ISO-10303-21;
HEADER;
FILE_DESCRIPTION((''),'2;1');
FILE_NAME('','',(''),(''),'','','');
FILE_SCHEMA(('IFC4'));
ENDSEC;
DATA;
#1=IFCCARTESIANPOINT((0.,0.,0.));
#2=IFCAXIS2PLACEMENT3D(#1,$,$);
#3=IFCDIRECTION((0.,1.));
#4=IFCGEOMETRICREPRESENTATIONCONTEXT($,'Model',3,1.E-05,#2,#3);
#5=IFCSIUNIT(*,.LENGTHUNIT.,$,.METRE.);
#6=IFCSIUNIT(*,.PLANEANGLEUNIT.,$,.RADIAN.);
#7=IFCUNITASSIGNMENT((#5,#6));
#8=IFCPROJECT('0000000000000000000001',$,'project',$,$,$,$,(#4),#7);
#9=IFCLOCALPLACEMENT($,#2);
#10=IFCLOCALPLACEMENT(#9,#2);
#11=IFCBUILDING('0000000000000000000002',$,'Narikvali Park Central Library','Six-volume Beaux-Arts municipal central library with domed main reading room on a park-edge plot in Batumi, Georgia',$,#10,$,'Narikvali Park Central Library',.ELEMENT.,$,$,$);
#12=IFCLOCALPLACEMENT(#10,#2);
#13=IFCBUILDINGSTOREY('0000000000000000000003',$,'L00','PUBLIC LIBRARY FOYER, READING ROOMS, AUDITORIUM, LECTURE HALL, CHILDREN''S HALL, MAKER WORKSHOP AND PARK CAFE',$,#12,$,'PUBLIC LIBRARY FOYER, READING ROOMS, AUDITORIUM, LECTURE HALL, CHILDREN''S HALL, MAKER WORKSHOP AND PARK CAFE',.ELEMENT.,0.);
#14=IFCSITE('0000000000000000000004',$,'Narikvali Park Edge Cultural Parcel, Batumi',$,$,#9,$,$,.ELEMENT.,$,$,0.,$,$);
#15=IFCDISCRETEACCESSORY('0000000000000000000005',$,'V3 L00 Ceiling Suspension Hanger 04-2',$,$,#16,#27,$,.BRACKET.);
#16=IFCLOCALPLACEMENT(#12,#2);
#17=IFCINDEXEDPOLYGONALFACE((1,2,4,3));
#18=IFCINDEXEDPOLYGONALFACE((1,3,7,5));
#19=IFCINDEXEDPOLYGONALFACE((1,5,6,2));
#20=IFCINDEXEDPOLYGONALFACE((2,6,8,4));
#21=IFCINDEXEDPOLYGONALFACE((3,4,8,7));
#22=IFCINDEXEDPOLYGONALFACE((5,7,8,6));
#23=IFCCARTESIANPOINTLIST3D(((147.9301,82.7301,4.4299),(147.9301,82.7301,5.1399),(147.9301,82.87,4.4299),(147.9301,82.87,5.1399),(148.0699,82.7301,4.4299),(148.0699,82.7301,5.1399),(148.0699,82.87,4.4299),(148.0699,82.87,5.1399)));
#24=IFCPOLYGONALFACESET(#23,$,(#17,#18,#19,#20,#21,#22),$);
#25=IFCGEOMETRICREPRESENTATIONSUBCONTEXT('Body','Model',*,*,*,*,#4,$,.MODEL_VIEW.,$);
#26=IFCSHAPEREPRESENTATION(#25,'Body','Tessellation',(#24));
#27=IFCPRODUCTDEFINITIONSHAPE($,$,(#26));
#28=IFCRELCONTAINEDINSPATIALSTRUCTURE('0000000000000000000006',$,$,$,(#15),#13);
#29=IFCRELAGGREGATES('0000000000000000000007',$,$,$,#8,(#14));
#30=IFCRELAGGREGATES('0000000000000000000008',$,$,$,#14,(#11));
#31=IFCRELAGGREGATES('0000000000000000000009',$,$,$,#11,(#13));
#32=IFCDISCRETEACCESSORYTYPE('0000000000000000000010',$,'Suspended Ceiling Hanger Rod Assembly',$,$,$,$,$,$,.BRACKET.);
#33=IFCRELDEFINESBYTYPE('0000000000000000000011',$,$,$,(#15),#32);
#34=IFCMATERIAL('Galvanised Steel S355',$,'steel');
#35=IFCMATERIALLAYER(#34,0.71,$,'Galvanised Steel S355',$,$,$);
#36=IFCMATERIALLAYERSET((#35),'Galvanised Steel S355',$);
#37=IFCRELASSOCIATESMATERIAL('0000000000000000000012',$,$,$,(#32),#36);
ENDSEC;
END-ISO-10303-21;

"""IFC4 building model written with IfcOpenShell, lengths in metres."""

from ifc_helpers import new_model, si_unit, direction, frame, origin, origin_2d, place, context, subcontext, project, spatial, rectangle, extrude, material, layer, layer_set, type_object, element, save


model = new_model("IFC4")

# Units and contexts
model_context = context("Model", 3, precision=1e-05, world=origin(), true_north=direction((0.0, 1.0)))
body_context = subcontext(model_context, "Body", "Model", "MODEL_VIEW")
ifc_project = project(units=[si_unit("LENGTHUNIT", "METRE"), si_unit("PLANEANGLEUNIT", "RADIAN")], contexts=[model_context])

# Site, building, storey
site_placement = place(None, origin())
site = spatial("IfcSite", under=ifc_project, at=site_placement, Name="Narikvali Park Edge Cultural Parcel, Batumi", CompositionType="ELEMENT", RefElevation=0.0)
building_placement = place(site_placement, origin())
building = spatial("IfcBuilding", under=site, at=building_placement, Name="Narikvali Park Central Library", Description="Six-volume Beaux-Arts municipal central library with domed main reading room on a park-edge plot in Batumi, Georgia", LongName="Narikvali Park Central Library", CompositionType="ELEMENT")
storey_placement = place(building_placement, origin())
storey = spatial("IfcBuildingStorey", under=building, at=storey_placement, Name="L00", Description="PUBLIC LIBRARY FOYER, READING ROOMS, AUDITORIUM, LECTURE HALL, CHILDREN'S HALL, MAKER WORKSHOP AND PARK CAFE", LongName="PUBLIC LIBRARY FOYER, READING ROOMS, AUDITORIUM, LECTURE HALL, CHILDREN'S HALL, MAKER WORKSHOP AND PARK CAFE", CompositionType="ELEMENT", Elevation=0.0)

# Discrete accessory
ifc_material_1 = material(Name="Galvanised Steel S355", Category="steel")
ifc_layer_1 = layer(ifc_material_1, 0.71, Name="Galvanised Steel S355")
ifc_layer_set_1 = layer_set([ifc_layer_1], Name="Galvanised Steel S355")
discrete_accessory_type_1 = type_object("IfcDiscreteAccessoryType", Name="Suspended Ceiling Hanger Rod Assembly", PredefinedType="BRACKET", material=ifc_layer_set_1)
discrete_accessory_1_placement = place(storey_placement, frame((148.0, 82.8, 4.4299), z_axis=(0.0, 0.0, 1.0), x_axis=(1.0, 0.0, 0.0)))
element("IfcDiscreteAccessory", 1, at=discrete_accessory_1_placement, inside=storey, type_object=discrete_accessory_type_1, Name="V3 L00 Ceiling Suspension Hanger 04-2", PredefinedType="BRACKET", context=body_context, shape_type="SweptSolid", body=[
    extrude(rectangle(XDim=0.1399, YDim=0.1399, at=origin_2d()), origin(), (0.0, 0.0, 1.0), 0.71),
])

save(model, "model.ifc")
